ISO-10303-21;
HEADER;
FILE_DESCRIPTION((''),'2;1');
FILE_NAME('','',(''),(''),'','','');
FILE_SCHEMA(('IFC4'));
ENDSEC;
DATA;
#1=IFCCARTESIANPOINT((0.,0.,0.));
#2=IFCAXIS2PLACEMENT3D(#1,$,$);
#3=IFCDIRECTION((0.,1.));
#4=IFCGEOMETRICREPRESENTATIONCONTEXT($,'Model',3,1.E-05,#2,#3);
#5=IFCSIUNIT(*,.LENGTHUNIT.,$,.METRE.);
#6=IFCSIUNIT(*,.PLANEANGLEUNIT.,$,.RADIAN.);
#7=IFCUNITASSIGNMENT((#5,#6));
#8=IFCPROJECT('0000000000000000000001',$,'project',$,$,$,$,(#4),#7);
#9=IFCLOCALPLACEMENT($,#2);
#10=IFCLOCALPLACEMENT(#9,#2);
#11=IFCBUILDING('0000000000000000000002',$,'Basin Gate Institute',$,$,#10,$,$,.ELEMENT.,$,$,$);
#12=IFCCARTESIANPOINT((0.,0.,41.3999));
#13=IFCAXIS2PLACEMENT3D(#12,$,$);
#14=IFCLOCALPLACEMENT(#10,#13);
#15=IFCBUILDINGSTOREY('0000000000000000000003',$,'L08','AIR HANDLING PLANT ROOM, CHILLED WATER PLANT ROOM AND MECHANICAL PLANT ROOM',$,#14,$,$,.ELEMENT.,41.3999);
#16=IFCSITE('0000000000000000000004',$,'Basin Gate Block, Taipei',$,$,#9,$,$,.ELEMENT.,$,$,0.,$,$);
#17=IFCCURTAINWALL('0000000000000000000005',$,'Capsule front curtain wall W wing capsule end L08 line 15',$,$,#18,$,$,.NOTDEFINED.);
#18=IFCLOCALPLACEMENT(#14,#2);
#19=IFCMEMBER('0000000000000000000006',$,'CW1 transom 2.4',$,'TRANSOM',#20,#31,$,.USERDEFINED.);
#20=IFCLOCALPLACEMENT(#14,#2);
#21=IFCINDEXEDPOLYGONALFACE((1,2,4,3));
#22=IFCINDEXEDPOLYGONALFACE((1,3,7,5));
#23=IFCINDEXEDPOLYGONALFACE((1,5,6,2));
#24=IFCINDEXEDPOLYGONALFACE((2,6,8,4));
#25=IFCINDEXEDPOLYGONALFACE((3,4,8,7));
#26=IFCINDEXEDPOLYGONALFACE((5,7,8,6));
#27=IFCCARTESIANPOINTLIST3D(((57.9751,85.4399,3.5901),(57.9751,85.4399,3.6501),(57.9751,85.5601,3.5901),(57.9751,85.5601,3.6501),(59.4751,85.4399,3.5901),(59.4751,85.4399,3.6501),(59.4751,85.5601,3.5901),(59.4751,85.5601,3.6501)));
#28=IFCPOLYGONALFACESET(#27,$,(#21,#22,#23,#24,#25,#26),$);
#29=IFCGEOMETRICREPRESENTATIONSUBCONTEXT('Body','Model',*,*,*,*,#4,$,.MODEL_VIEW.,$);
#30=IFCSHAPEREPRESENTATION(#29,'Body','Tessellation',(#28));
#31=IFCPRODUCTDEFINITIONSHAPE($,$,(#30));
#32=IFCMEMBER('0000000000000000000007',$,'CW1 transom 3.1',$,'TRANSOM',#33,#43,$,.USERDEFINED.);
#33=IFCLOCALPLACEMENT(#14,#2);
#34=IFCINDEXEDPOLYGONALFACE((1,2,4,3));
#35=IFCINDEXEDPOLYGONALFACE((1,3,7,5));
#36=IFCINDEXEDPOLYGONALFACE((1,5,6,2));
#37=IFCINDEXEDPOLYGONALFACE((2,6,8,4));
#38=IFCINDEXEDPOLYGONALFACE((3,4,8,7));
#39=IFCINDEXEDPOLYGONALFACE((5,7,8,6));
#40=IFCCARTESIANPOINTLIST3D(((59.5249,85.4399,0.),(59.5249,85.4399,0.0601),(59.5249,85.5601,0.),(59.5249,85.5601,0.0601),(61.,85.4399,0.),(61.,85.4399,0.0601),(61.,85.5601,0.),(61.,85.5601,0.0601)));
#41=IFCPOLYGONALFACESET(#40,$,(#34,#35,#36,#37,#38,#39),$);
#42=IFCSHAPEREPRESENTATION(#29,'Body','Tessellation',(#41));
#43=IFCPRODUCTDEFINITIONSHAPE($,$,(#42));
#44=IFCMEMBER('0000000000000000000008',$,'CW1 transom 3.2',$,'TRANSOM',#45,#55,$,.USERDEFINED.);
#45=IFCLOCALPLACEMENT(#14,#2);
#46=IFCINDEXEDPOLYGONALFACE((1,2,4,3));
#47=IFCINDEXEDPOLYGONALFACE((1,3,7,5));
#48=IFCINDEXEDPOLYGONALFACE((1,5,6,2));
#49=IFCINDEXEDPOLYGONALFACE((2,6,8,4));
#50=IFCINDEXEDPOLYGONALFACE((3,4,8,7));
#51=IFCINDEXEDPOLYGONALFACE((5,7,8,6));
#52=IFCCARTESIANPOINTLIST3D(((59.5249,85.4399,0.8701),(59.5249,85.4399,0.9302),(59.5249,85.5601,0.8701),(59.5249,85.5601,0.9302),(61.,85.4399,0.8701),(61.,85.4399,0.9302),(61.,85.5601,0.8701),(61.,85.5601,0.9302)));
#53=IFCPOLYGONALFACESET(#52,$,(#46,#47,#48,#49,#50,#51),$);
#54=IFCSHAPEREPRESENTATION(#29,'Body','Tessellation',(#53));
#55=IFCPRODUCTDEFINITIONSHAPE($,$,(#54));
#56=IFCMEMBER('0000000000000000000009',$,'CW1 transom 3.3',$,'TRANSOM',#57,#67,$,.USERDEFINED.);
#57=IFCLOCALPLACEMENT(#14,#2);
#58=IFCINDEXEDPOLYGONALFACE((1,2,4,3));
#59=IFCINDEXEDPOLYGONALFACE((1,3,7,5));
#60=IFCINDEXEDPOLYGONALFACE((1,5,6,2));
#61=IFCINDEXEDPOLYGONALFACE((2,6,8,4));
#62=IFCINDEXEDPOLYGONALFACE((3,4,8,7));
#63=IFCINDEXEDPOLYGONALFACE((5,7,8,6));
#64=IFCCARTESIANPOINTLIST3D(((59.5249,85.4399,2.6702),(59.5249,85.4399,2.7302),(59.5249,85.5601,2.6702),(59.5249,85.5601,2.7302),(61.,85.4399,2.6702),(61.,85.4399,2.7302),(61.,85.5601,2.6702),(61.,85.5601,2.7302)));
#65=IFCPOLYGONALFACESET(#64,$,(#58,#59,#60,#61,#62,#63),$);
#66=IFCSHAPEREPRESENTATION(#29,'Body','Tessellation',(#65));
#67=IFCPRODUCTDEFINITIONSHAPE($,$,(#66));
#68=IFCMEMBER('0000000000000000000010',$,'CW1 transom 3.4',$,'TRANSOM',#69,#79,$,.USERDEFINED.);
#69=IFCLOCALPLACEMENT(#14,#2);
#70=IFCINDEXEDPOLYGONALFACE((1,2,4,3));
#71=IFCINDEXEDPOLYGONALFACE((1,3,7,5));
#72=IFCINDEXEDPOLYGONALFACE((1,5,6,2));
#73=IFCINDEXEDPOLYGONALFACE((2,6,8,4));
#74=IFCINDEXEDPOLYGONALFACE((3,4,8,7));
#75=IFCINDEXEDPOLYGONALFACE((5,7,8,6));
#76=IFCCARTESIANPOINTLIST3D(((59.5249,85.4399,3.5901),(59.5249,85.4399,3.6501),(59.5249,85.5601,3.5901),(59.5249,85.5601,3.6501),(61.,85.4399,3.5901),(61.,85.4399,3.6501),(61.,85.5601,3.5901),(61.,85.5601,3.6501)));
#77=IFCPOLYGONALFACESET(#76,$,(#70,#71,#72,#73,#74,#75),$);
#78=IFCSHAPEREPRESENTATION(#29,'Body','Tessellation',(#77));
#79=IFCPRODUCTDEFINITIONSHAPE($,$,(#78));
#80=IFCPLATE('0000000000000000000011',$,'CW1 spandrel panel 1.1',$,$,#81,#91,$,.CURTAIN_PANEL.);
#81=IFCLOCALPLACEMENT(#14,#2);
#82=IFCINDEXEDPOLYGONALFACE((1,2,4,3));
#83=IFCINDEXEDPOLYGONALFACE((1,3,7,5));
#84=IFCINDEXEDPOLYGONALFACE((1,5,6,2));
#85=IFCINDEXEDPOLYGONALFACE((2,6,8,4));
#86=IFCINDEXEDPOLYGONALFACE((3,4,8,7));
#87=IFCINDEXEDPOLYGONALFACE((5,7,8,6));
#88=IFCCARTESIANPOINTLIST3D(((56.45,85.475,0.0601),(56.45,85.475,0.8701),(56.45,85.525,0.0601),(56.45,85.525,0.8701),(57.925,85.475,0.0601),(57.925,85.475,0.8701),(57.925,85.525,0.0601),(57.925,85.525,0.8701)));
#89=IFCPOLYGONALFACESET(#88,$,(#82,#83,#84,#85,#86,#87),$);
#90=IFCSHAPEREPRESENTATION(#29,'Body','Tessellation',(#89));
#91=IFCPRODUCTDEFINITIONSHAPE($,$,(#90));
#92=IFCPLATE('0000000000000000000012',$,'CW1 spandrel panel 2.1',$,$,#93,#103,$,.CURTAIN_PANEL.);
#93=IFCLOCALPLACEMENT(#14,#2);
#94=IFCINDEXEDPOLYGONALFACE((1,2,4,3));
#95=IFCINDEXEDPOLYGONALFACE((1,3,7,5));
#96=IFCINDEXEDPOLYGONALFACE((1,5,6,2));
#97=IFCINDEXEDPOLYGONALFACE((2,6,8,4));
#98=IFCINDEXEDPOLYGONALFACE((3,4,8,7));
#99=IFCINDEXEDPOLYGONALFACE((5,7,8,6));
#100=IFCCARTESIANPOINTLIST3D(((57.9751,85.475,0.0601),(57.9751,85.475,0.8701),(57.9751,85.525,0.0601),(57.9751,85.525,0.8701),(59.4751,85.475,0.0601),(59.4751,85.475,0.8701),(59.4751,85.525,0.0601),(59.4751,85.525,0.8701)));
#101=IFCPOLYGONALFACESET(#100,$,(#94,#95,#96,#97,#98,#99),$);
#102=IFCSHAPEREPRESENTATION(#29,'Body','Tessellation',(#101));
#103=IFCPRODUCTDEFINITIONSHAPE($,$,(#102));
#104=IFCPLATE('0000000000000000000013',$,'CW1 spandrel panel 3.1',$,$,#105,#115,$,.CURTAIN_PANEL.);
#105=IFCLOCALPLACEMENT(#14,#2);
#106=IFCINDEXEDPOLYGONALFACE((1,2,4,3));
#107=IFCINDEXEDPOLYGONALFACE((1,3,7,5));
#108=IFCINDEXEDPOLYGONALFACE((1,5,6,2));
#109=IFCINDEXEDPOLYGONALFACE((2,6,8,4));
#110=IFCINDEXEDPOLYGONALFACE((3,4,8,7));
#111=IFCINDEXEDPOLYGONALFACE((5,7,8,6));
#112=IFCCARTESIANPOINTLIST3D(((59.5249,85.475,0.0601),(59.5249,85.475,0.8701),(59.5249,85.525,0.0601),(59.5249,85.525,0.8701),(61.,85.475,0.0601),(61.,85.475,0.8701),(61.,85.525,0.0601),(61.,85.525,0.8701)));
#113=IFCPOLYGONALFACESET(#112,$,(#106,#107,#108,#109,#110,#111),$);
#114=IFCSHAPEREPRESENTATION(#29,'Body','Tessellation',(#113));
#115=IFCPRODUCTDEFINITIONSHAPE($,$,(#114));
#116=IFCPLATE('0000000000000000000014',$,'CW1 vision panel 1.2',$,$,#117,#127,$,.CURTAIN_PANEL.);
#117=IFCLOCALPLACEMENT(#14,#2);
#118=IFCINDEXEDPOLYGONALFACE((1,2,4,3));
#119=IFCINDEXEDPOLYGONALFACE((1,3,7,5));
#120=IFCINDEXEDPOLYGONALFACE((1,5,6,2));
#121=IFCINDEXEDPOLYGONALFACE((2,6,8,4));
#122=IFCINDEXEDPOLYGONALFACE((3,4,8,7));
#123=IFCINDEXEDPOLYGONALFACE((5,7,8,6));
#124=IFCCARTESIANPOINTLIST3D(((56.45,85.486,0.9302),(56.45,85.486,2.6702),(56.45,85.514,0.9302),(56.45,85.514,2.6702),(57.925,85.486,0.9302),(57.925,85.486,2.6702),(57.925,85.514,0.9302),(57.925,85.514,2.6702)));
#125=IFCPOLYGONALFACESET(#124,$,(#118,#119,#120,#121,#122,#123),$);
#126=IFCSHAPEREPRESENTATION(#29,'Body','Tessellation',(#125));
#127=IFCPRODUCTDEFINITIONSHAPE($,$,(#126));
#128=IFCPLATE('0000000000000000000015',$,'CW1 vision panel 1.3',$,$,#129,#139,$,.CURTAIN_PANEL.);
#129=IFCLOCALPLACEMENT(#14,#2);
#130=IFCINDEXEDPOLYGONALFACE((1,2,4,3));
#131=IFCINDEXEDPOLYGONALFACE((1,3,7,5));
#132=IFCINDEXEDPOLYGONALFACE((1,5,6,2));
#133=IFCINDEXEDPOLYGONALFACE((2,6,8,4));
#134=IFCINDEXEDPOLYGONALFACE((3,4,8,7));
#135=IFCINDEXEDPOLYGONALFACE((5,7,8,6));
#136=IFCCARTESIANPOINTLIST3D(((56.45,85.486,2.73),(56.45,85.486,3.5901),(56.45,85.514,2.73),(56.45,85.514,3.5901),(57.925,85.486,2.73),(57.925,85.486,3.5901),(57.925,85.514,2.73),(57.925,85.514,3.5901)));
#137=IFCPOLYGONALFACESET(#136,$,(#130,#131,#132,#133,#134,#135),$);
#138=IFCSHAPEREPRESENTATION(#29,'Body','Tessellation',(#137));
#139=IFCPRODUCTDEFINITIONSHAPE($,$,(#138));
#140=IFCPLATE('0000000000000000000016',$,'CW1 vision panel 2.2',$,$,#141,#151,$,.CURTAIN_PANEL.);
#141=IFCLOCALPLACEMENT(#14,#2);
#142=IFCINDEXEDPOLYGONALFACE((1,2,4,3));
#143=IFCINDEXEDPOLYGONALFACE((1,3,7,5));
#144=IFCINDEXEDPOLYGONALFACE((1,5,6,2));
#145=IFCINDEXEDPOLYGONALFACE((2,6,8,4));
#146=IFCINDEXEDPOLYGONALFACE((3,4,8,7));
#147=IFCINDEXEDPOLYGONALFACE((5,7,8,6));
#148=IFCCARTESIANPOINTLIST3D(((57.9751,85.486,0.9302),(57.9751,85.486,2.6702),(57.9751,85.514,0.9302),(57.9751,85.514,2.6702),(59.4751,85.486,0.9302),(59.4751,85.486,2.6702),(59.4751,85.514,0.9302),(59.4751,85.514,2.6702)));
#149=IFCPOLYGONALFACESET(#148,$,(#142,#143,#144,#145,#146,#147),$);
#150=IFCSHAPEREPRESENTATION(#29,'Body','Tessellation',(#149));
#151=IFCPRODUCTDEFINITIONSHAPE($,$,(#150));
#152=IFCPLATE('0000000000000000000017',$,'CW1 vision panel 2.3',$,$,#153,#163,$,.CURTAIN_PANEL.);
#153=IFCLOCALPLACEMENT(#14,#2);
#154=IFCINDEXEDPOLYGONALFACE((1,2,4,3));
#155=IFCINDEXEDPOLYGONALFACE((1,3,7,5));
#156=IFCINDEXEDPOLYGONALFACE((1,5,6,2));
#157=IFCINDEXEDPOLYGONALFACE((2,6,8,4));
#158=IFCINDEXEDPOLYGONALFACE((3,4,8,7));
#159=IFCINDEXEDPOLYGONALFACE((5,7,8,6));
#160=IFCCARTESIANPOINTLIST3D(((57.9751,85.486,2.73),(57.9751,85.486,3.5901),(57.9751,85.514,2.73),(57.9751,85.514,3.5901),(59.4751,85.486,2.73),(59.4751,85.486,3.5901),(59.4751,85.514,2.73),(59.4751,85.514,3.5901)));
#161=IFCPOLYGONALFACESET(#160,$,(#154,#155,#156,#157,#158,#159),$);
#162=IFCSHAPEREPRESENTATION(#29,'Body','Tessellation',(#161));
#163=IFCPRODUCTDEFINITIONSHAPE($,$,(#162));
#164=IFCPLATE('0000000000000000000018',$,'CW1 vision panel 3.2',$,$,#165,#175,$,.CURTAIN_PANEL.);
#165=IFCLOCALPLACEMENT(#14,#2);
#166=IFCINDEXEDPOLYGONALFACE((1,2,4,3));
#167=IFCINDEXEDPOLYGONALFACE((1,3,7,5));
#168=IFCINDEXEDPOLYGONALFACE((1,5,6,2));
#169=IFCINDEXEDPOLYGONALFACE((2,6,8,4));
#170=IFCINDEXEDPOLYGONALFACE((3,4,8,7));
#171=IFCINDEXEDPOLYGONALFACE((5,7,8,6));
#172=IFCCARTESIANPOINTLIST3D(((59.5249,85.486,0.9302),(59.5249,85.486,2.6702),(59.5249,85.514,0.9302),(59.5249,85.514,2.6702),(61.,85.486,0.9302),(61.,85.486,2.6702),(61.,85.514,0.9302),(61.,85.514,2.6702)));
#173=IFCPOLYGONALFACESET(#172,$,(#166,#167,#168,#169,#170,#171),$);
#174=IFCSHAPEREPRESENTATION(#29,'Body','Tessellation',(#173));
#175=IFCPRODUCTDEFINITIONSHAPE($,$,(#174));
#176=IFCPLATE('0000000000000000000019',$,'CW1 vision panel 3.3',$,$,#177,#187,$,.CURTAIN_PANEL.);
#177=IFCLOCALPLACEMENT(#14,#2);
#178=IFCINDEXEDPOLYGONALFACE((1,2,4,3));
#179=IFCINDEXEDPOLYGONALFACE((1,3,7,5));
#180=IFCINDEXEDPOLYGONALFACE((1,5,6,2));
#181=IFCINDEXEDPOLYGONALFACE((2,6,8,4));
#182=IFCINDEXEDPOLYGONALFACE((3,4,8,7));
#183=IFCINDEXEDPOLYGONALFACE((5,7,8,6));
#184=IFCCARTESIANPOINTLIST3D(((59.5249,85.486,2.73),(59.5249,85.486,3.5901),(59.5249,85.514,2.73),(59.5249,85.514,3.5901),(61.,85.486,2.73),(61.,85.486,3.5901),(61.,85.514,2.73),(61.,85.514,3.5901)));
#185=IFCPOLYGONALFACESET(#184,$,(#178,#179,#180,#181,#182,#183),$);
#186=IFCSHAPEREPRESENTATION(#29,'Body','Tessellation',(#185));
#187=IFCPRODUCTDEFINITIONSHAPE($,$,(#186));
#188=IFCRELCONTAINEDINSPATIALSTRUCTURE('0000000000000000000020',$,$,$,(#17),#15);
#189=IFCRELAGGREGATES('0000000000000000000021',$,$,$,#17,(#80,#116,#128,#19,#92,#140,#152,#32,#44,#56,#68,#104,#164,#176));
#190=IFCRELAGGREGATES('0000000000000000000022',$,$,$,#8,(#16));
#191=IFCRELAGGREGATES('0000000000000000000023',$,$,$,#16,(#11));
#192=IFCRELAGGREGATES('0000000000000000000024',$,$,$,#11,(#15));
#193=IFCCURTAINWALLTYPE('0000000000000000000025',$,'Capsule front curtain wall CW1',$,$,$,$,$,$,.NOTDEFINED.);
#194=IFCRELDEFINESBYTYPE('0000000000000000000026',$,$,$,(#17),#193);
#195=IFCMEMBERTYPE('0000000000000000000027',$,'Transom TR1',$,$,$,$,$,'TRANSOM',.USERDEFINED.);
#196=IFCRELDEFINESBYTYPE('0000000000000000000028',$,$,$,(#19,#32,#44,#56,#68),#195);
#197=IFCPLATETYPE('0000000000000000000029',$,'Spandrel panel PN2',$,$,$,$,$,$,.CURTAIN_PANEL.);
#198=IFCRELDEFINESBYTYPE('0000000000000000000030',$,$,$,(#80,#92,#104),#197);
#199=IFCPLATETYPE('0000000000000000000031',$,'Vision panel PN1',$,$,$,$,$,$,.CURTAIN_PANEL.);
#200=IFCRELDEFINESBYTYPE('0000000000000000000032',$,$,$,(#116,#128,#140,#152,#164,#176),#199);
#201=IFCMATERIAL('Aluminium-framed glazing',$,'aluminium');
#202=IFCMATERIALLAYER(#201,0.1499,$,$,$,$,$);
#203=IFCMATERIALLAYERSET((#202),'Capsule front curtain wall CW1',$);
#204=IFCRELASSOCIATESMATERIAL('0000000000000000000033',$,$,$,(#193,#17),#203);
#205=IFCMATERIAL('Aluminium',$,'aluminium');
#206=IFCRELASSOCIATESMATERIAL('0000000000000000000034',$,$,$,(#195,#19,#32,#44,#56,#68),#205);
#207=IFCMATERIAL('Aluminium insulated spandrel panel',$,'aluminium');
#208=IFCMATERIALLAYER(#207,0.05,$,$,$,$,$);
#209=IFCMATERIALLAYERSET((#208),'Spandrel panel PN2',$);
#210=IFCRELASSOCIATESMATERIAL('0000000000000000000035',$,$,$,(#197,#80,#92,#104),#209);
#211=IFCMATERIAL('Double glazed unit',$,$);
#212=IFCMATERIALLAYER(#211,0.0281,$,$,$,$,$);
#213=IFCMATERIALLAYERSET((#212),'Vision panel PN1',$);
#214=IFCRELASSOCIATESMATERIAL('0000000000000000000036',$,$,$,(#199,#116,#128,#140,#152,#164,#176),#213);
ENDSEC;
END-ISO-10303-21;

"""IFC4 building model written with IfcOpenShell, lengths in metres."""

from ifc_helpers import new_model, si_unit, direction, frame, origin, origin_2d, place, context, subcontext, project, spatial, rectangle, extrude, material, layer, layer_set, material_profile, profile_set, type_object, element, aggregate, save


model = new_model("IFC4")

# Units and contexts
model_context = context("Model", 3, precision=1e-05, world=origin(), true_north=direction((0.0, 1.0)))
body_context = subcontext(model_context, "Body", "Model", "MODEL_VIEW")
ifc_project = project(units=[si_unit("LENGTHUNIT", "METRE"), si_unit("PLANEANGLEUNIT", "RADIAN")], contexts=[model_context])

# Site, building, storey
site_placement = place(None, origin())
site = spatial("IfcSite", under=ifc_project, at=site_placement, Name="Basin Gate Block, Taipei", CompositionType="ELEMENT", RefElevation=0.0)
building_placement = place(site_placement, origin())
building = spatial("IfcBuilding", under=site, at=building_placement, Name="Basin Gate Institute", CompositionType="ELEMENT")
storey_placement = place(building_placement, frame((0.0, 0.0, 41.3999)))
storey = spatial("IfcBuildingStorey", under=building, at=storey_placement, Name="L08", Description="AIR HANDLING PLANT ROOM, CHILLED WATER PLANT ROOM AND MECHANICAL PLANT ROOM", CompositionType="ELEMENT", Elevation=41.3999)

# Curtain wall
ifc_material_1 = material(Name="Aluminium-framed glazing", Category="aluminium")
ifc_layer_1 = layer(ifc_material_1, 0.1499)
ifc_layer_set_1 = layer_set([ifc_layer_1], Name="Capsule front curtain wall CW1")
curtain_wall_type = type_object("IfcCurtainWallType", Name="Capsule front curtain wall CW1", PredefinedType="NOTDEFINED", material=ifc_layer_set_1)
curtain_wall_1_placement = place(storey_placement, origin())
curtain_wall_1 = element("IfcCurtainWall", 1, at=curtain_wall_1_placement, inside=storey, type_object=curtain_wall_type, material=ifc_layer_set_1, Name="Capsule front curtain wall W wing capsule end L08 line 15", PredefinedType="NOTDEFINED")

# Members
ifc_material_2 = material(Name="Aluminium", Category="aluminium")
ifc_material_profile_1 = material_profile(ifc_material_2, rectangle(XDim=0.1201, YDim=0.0601, at=origin_2d()), Name="Transom TR1 120 x 60")
ifc_profile_set_1 = profile_set([ifc_material_profile_1], Name="Aluminium")
member_type_1 = type_object("IfcMemberType", Name="Transom TR1", ElementType="TRANSOM", PredefinedType="USERDEFINED", material=ifc_profile_set_1)
member_1_placement = place(storey_placement, frame((57.9751, 85.5, 3.6201), z_axis=(1.0, 0.0, 0.0), x_axis=(0.0, 1.0, 0.0)))
member_1 = element("IfcMember", 2, at=member_1_placement, type_object=member_type_1, material=ifc_profile_set_1, Name="CW1 transom 2.4", ObjectType="TRANSOM", PredefinedType="USERDEFINED", context=body_context, shape_type="SweptSolid", body=[
    extrude(rectangle(XDim=0.1201, YDim=0.0601, at=origin_2d()), origin(), (0.0, 0.0, 1.0), 1.5),
])
member_2_placement = place(storey_placement, frame((59.5249, 85.5, 0.03), z_axis=(1.0, 0.0, 0.0), x_axis=(0.0, 1.0, 0.0)))
member_2 = element("IfcMember", 3, at=member_2_placement, type_object=member_type_1, material=ifc_profile_set_1, Name="CW1 transom 3.1", ObjectType="TRANSOM", PredefinedType="USERDEFINED", context=body_context, shape_type="SweptSolid", body=[
    extrude(rectangle(XDim=0.1201, YDim=0.0601, at=origin_2d()), origin(), (0.0, 0.0, 1.0), 1.4751),
])
member_3_placement = place(storey_placement, frame((59.5249, 85.5, 0.9001), z_axis=(1.0, 0.0, 0.0), x_axis=(0.0, 1.0, 0.0)))
member_3 = element("IfcMember", 4, at=member_3_placement, type_object=member_type_1, material=ifc_profile_set_1, Name="CW1 transom 3.2", ObjectType="TRANSOM", PredefinedType="USERDEFINED", context=body_context, shape_type="SweptSolid", body=[
    extrude(rectangle(XDim=0.1201, YDim=0.0601, at=origin_2d()), origin(), (0.0, 0.0, 1.0), 1.4751),
])
member_4_placement = place(storey_placement, frame((59.5249, 85.5, 2.7002), z_axis=(1.0, 0.0, 0.0), x_axis=(0.0, 1.0, 0.0)))
member_4 = element("IfcMember", 5, at=member_4_placement, type_object=member_type_1, material=ifc_profile_set_1, Name="CW1 transom 3.3", ObjectType="TRANSOM", PredefinedType="USERDEFINED", context=body_context, shape_type="SweptSolid", body=[
    extrude(rectangle(XDim=0.1201, YDim=0.0601, at=origin_2d()), origin(), (0.0, 0.0, 1.0), 1.4751),
])
member_5_placement = place(storey_placement, frame((59.5249, 85.5, 3.6201), z_axis=(1.0, 0.0, 0.0), x_axis=(0.0, 1.0, 0.0)))
member_5 = element("IfcMember", 6, at=member_5_placement, type_object=member_type_1, material=ifc_profile_set_1, Name="CW1 transom 3.4", ObjectType="TRANSOM", PredefinedType="USERDEFINED", context=body_context, shape_type="SweptSolid", body=[
    extrude(rectangle(XDim=0.1201, YDim=0.0601, at=origin_2d()), origin(), (0.0, 0.0, 1.0), 1.4751),
])

# Plates
ifc_material_3 = material(Name="Aluminium insulated spandrel panel", Category="aluminium")
ifc_layer_2 = layer(ifc_material_3, 0.05)
ifc_layer_set_2 = layer_set([ifc_layer_2], Name="Spandrel panel PN2")
plate_type_1 = type_object("IfcPlateType", Name="Spandrel panel PN2", PredefinedType="CURTAIN_PANEL", material=ifc_layer_set_2)
plate_1_placement = place(storey_placement, frame((57.1875, 85.5, 0.0601), z_axis=(0.0, 0.0, 1.0), x_axis=(1.0, 0.0, 0.0)))
plate_1 = element("IfcPlate", 7, at=plate_1_placement, type_object=plate_type_1, material=ifc_layer_set_2, Name="CW1 spandrel panel 1.1", PredefinedType="CURTAIN_PANEL", context=body_context, shape_type="SweptSolid", body=[
    extrude(rectangle(XDim=1.4751, YDim=0.05, at=origin_2d()), origin(), (0.0, 0.0, 1.0), 0.8101),
])
plate_2_placement = place(storey_placement, frame((58.7251, 85.5, 0.0601), z_axis=(0.0, 0.0, 1.0), x_axis=(1.0, 0.0, 0.0)))
plate_2 = element("IfcPlate", 8, at=plate_2_placement, type_object=plate_type_1, material=ifc_layer_set_2, Name="CW1 spandrel panel 2.1", PredefinedType="CURTAIN_PANEL", context=body_context, shape_type="SweptSolid", body=[
    extrude(rectangle(XDim=1.5, YDim=0.05, at=origin_2d()), origin(), (0.0, 0.0, 1.0), 0.8101),
])
plate_3_placement = place(storey_placement, frame((60.2625, 85.5, 0.0601), z_axis=(0.0, 0.0, 1.0), x_axis=(1.0, 0.0, 0.0)))
plate_3 = element("IfcPlate", 9, at=plate_3_placement, type_object=plate_type_1, material=ifc_layer_set_2, Name="CW1 spandrel panel 3.1", PredefinedType="CURTAIN_PANEL", context=body_context, shape_type="SweptSolid", body=[
    extrude(rectangle(XDim=1.4751, YDim=0.05, at=origin_2d()), origin(), (0.0, 0.0, 1.0), 0.8101),
])
ifc_material_4 = material(Name="Double glazed unit")
ifc_layer_3 = layer(ifc_material_4, 0.0281)
ifc_layer_set_3 = layer_set([ifc_layer_3], Name="Vision panel PN1")
plate_type_2 = type_object("IfcPlateType", Name="Vision panel PN1", PredefinedType="CURTAIN_PANEL", material=ifc_layer_set_3)
plate_4_placement = place(storey_placement, frame((57.1875, 85.5, 0.9302), z_axis=(0.0, 0.0, 1.0), x_axis=(1.0, 0.0, 0.0)))
plate_4 = element("IfcPlate", 10, at=plate_4_placement, type_object=plate_type_2, material=ifc_layer_set_3, Name="CW1 vision panel 1.2", PredefinedType="CURTAIN_PANEL", context=body_context, shape_type="SweptSolid", body=[
    extrude(rectangle(XDim=1.4751, YDim=0.0281, at=origin_2d()), origin(), (0.0, 0.0, 1.0), 1.74),
])
plate_5_placement = place(storey_placement, frame((57.1875, 85.5, 2.73), z_axis=(0.0, 0.0, 1.0), x_axis=(1.0, 0.0, 0.0)))
plate_5 = element("IfcPlate", 11, at=plate_5_placement, type_object=plate_type_2, material=ifc_layer_set_3, Name="CW1 vision panel 1.3", PredefinedType="CURTAIN_PANEL", context=body_context, shape_type="SweptSolid", body=[
    extrude(rectangle(XDim=1.4751, YDim=0.0281, at=origin_2d()), origin(), (0.0, 0.0, 1.0), 0.8601),
])
plate_6_placement = place(storey_placement, frame((58.7251, 85.5, 0.9302), z_axis=(0.0, 0.0, 1.0), x_axis=(1.0, 0.0, 0.0)))
plate_6 = element("IfcPlate", 12, at=plate_6_placement, type_object=plate_type_2, material=ifc_layer_set_3, Name="CW1 vision panel 2.2", PredefinedType="CURTAIN_PANEL", context=body_context, shape_type="SweptSolid", body=[
    extrude(rectangle(XDim=1.5, YDim=0.0281, at=origin_2d()), origin(), (0.0, 0.0, 1.0), 1.74),
])
plate_7_placement = place(storey_placement, frame((58.7251, 85.5, 2.73), z_axis=(0.0, 0.0, 1.0), x_axis=(1.0, 0.0, 0.0)))
plate_7 = element("IfcPlate", 13, at=plate_7_placement, type_object=plate_type_2, material=ifc_layer_set_3, Name="CW1 vision panel 2.3", PredefinedType="CURTAIN_PANEL", context=body_context, shape_type="SweptSolid", body=[
    extrude(rectangle(XDim=1.5, YDim=0.0281, at=origin_2d()), origin(), (0.0, 0.0, 1.0), 0.8601),
])
plate_8_placement = place(storey_placement, frame((60.2625, 85.5, 0.9302), z_axis=(0.0, 0.0, 1.0), x_axis=(1.0, 0.0, 0.0)))
plate_8 = element("IfcPlate", 14, at=plate_8_placement, type_object=plate_type_2, material=ifc_layer_set_3, Name="CW1 vision panel 3.2", PredefinedType="CURTAIN_PANEL", context=body_context, shape_type="SweptSolid", body=[
    extrude(rectangle(XDim=1.4751, YDim=0.0281, at=origin_2d()), origin(), (0.0, 0.0, 1.0), 1.74),
])
plate_9_placement = place(storey_placement, frame((60.2625, 85.5, 2.73), z_axis=(0.0, 0.0, 1.0), x_axis=(1.0, 0.0, 0.0)))
plate_9 = element("IfcPlate", 15, at=plate_9_placement, type_object=plate_type_2, material=ifc_layer_set_3, Name="CW1 vision panel 3.3", PredefinedType="CURTAIN_PANEL", context=body_context, shape_type="SweptSolid", body=[
    extrude(rectangle(XDim=1.4751, YDim=0.0281, at=origin_2d()), origin(), (0.0, 0.0, 1.0), 0.8601),
])
aggregate(curtain_wall_1, [plate_1, plate_4, plate_5, member_1, plate_2, plate_6, plate_7, member_2, member_3, member_4, member_5, plate_3, plate_8, plate_9])

save(model, "model.ifc")
